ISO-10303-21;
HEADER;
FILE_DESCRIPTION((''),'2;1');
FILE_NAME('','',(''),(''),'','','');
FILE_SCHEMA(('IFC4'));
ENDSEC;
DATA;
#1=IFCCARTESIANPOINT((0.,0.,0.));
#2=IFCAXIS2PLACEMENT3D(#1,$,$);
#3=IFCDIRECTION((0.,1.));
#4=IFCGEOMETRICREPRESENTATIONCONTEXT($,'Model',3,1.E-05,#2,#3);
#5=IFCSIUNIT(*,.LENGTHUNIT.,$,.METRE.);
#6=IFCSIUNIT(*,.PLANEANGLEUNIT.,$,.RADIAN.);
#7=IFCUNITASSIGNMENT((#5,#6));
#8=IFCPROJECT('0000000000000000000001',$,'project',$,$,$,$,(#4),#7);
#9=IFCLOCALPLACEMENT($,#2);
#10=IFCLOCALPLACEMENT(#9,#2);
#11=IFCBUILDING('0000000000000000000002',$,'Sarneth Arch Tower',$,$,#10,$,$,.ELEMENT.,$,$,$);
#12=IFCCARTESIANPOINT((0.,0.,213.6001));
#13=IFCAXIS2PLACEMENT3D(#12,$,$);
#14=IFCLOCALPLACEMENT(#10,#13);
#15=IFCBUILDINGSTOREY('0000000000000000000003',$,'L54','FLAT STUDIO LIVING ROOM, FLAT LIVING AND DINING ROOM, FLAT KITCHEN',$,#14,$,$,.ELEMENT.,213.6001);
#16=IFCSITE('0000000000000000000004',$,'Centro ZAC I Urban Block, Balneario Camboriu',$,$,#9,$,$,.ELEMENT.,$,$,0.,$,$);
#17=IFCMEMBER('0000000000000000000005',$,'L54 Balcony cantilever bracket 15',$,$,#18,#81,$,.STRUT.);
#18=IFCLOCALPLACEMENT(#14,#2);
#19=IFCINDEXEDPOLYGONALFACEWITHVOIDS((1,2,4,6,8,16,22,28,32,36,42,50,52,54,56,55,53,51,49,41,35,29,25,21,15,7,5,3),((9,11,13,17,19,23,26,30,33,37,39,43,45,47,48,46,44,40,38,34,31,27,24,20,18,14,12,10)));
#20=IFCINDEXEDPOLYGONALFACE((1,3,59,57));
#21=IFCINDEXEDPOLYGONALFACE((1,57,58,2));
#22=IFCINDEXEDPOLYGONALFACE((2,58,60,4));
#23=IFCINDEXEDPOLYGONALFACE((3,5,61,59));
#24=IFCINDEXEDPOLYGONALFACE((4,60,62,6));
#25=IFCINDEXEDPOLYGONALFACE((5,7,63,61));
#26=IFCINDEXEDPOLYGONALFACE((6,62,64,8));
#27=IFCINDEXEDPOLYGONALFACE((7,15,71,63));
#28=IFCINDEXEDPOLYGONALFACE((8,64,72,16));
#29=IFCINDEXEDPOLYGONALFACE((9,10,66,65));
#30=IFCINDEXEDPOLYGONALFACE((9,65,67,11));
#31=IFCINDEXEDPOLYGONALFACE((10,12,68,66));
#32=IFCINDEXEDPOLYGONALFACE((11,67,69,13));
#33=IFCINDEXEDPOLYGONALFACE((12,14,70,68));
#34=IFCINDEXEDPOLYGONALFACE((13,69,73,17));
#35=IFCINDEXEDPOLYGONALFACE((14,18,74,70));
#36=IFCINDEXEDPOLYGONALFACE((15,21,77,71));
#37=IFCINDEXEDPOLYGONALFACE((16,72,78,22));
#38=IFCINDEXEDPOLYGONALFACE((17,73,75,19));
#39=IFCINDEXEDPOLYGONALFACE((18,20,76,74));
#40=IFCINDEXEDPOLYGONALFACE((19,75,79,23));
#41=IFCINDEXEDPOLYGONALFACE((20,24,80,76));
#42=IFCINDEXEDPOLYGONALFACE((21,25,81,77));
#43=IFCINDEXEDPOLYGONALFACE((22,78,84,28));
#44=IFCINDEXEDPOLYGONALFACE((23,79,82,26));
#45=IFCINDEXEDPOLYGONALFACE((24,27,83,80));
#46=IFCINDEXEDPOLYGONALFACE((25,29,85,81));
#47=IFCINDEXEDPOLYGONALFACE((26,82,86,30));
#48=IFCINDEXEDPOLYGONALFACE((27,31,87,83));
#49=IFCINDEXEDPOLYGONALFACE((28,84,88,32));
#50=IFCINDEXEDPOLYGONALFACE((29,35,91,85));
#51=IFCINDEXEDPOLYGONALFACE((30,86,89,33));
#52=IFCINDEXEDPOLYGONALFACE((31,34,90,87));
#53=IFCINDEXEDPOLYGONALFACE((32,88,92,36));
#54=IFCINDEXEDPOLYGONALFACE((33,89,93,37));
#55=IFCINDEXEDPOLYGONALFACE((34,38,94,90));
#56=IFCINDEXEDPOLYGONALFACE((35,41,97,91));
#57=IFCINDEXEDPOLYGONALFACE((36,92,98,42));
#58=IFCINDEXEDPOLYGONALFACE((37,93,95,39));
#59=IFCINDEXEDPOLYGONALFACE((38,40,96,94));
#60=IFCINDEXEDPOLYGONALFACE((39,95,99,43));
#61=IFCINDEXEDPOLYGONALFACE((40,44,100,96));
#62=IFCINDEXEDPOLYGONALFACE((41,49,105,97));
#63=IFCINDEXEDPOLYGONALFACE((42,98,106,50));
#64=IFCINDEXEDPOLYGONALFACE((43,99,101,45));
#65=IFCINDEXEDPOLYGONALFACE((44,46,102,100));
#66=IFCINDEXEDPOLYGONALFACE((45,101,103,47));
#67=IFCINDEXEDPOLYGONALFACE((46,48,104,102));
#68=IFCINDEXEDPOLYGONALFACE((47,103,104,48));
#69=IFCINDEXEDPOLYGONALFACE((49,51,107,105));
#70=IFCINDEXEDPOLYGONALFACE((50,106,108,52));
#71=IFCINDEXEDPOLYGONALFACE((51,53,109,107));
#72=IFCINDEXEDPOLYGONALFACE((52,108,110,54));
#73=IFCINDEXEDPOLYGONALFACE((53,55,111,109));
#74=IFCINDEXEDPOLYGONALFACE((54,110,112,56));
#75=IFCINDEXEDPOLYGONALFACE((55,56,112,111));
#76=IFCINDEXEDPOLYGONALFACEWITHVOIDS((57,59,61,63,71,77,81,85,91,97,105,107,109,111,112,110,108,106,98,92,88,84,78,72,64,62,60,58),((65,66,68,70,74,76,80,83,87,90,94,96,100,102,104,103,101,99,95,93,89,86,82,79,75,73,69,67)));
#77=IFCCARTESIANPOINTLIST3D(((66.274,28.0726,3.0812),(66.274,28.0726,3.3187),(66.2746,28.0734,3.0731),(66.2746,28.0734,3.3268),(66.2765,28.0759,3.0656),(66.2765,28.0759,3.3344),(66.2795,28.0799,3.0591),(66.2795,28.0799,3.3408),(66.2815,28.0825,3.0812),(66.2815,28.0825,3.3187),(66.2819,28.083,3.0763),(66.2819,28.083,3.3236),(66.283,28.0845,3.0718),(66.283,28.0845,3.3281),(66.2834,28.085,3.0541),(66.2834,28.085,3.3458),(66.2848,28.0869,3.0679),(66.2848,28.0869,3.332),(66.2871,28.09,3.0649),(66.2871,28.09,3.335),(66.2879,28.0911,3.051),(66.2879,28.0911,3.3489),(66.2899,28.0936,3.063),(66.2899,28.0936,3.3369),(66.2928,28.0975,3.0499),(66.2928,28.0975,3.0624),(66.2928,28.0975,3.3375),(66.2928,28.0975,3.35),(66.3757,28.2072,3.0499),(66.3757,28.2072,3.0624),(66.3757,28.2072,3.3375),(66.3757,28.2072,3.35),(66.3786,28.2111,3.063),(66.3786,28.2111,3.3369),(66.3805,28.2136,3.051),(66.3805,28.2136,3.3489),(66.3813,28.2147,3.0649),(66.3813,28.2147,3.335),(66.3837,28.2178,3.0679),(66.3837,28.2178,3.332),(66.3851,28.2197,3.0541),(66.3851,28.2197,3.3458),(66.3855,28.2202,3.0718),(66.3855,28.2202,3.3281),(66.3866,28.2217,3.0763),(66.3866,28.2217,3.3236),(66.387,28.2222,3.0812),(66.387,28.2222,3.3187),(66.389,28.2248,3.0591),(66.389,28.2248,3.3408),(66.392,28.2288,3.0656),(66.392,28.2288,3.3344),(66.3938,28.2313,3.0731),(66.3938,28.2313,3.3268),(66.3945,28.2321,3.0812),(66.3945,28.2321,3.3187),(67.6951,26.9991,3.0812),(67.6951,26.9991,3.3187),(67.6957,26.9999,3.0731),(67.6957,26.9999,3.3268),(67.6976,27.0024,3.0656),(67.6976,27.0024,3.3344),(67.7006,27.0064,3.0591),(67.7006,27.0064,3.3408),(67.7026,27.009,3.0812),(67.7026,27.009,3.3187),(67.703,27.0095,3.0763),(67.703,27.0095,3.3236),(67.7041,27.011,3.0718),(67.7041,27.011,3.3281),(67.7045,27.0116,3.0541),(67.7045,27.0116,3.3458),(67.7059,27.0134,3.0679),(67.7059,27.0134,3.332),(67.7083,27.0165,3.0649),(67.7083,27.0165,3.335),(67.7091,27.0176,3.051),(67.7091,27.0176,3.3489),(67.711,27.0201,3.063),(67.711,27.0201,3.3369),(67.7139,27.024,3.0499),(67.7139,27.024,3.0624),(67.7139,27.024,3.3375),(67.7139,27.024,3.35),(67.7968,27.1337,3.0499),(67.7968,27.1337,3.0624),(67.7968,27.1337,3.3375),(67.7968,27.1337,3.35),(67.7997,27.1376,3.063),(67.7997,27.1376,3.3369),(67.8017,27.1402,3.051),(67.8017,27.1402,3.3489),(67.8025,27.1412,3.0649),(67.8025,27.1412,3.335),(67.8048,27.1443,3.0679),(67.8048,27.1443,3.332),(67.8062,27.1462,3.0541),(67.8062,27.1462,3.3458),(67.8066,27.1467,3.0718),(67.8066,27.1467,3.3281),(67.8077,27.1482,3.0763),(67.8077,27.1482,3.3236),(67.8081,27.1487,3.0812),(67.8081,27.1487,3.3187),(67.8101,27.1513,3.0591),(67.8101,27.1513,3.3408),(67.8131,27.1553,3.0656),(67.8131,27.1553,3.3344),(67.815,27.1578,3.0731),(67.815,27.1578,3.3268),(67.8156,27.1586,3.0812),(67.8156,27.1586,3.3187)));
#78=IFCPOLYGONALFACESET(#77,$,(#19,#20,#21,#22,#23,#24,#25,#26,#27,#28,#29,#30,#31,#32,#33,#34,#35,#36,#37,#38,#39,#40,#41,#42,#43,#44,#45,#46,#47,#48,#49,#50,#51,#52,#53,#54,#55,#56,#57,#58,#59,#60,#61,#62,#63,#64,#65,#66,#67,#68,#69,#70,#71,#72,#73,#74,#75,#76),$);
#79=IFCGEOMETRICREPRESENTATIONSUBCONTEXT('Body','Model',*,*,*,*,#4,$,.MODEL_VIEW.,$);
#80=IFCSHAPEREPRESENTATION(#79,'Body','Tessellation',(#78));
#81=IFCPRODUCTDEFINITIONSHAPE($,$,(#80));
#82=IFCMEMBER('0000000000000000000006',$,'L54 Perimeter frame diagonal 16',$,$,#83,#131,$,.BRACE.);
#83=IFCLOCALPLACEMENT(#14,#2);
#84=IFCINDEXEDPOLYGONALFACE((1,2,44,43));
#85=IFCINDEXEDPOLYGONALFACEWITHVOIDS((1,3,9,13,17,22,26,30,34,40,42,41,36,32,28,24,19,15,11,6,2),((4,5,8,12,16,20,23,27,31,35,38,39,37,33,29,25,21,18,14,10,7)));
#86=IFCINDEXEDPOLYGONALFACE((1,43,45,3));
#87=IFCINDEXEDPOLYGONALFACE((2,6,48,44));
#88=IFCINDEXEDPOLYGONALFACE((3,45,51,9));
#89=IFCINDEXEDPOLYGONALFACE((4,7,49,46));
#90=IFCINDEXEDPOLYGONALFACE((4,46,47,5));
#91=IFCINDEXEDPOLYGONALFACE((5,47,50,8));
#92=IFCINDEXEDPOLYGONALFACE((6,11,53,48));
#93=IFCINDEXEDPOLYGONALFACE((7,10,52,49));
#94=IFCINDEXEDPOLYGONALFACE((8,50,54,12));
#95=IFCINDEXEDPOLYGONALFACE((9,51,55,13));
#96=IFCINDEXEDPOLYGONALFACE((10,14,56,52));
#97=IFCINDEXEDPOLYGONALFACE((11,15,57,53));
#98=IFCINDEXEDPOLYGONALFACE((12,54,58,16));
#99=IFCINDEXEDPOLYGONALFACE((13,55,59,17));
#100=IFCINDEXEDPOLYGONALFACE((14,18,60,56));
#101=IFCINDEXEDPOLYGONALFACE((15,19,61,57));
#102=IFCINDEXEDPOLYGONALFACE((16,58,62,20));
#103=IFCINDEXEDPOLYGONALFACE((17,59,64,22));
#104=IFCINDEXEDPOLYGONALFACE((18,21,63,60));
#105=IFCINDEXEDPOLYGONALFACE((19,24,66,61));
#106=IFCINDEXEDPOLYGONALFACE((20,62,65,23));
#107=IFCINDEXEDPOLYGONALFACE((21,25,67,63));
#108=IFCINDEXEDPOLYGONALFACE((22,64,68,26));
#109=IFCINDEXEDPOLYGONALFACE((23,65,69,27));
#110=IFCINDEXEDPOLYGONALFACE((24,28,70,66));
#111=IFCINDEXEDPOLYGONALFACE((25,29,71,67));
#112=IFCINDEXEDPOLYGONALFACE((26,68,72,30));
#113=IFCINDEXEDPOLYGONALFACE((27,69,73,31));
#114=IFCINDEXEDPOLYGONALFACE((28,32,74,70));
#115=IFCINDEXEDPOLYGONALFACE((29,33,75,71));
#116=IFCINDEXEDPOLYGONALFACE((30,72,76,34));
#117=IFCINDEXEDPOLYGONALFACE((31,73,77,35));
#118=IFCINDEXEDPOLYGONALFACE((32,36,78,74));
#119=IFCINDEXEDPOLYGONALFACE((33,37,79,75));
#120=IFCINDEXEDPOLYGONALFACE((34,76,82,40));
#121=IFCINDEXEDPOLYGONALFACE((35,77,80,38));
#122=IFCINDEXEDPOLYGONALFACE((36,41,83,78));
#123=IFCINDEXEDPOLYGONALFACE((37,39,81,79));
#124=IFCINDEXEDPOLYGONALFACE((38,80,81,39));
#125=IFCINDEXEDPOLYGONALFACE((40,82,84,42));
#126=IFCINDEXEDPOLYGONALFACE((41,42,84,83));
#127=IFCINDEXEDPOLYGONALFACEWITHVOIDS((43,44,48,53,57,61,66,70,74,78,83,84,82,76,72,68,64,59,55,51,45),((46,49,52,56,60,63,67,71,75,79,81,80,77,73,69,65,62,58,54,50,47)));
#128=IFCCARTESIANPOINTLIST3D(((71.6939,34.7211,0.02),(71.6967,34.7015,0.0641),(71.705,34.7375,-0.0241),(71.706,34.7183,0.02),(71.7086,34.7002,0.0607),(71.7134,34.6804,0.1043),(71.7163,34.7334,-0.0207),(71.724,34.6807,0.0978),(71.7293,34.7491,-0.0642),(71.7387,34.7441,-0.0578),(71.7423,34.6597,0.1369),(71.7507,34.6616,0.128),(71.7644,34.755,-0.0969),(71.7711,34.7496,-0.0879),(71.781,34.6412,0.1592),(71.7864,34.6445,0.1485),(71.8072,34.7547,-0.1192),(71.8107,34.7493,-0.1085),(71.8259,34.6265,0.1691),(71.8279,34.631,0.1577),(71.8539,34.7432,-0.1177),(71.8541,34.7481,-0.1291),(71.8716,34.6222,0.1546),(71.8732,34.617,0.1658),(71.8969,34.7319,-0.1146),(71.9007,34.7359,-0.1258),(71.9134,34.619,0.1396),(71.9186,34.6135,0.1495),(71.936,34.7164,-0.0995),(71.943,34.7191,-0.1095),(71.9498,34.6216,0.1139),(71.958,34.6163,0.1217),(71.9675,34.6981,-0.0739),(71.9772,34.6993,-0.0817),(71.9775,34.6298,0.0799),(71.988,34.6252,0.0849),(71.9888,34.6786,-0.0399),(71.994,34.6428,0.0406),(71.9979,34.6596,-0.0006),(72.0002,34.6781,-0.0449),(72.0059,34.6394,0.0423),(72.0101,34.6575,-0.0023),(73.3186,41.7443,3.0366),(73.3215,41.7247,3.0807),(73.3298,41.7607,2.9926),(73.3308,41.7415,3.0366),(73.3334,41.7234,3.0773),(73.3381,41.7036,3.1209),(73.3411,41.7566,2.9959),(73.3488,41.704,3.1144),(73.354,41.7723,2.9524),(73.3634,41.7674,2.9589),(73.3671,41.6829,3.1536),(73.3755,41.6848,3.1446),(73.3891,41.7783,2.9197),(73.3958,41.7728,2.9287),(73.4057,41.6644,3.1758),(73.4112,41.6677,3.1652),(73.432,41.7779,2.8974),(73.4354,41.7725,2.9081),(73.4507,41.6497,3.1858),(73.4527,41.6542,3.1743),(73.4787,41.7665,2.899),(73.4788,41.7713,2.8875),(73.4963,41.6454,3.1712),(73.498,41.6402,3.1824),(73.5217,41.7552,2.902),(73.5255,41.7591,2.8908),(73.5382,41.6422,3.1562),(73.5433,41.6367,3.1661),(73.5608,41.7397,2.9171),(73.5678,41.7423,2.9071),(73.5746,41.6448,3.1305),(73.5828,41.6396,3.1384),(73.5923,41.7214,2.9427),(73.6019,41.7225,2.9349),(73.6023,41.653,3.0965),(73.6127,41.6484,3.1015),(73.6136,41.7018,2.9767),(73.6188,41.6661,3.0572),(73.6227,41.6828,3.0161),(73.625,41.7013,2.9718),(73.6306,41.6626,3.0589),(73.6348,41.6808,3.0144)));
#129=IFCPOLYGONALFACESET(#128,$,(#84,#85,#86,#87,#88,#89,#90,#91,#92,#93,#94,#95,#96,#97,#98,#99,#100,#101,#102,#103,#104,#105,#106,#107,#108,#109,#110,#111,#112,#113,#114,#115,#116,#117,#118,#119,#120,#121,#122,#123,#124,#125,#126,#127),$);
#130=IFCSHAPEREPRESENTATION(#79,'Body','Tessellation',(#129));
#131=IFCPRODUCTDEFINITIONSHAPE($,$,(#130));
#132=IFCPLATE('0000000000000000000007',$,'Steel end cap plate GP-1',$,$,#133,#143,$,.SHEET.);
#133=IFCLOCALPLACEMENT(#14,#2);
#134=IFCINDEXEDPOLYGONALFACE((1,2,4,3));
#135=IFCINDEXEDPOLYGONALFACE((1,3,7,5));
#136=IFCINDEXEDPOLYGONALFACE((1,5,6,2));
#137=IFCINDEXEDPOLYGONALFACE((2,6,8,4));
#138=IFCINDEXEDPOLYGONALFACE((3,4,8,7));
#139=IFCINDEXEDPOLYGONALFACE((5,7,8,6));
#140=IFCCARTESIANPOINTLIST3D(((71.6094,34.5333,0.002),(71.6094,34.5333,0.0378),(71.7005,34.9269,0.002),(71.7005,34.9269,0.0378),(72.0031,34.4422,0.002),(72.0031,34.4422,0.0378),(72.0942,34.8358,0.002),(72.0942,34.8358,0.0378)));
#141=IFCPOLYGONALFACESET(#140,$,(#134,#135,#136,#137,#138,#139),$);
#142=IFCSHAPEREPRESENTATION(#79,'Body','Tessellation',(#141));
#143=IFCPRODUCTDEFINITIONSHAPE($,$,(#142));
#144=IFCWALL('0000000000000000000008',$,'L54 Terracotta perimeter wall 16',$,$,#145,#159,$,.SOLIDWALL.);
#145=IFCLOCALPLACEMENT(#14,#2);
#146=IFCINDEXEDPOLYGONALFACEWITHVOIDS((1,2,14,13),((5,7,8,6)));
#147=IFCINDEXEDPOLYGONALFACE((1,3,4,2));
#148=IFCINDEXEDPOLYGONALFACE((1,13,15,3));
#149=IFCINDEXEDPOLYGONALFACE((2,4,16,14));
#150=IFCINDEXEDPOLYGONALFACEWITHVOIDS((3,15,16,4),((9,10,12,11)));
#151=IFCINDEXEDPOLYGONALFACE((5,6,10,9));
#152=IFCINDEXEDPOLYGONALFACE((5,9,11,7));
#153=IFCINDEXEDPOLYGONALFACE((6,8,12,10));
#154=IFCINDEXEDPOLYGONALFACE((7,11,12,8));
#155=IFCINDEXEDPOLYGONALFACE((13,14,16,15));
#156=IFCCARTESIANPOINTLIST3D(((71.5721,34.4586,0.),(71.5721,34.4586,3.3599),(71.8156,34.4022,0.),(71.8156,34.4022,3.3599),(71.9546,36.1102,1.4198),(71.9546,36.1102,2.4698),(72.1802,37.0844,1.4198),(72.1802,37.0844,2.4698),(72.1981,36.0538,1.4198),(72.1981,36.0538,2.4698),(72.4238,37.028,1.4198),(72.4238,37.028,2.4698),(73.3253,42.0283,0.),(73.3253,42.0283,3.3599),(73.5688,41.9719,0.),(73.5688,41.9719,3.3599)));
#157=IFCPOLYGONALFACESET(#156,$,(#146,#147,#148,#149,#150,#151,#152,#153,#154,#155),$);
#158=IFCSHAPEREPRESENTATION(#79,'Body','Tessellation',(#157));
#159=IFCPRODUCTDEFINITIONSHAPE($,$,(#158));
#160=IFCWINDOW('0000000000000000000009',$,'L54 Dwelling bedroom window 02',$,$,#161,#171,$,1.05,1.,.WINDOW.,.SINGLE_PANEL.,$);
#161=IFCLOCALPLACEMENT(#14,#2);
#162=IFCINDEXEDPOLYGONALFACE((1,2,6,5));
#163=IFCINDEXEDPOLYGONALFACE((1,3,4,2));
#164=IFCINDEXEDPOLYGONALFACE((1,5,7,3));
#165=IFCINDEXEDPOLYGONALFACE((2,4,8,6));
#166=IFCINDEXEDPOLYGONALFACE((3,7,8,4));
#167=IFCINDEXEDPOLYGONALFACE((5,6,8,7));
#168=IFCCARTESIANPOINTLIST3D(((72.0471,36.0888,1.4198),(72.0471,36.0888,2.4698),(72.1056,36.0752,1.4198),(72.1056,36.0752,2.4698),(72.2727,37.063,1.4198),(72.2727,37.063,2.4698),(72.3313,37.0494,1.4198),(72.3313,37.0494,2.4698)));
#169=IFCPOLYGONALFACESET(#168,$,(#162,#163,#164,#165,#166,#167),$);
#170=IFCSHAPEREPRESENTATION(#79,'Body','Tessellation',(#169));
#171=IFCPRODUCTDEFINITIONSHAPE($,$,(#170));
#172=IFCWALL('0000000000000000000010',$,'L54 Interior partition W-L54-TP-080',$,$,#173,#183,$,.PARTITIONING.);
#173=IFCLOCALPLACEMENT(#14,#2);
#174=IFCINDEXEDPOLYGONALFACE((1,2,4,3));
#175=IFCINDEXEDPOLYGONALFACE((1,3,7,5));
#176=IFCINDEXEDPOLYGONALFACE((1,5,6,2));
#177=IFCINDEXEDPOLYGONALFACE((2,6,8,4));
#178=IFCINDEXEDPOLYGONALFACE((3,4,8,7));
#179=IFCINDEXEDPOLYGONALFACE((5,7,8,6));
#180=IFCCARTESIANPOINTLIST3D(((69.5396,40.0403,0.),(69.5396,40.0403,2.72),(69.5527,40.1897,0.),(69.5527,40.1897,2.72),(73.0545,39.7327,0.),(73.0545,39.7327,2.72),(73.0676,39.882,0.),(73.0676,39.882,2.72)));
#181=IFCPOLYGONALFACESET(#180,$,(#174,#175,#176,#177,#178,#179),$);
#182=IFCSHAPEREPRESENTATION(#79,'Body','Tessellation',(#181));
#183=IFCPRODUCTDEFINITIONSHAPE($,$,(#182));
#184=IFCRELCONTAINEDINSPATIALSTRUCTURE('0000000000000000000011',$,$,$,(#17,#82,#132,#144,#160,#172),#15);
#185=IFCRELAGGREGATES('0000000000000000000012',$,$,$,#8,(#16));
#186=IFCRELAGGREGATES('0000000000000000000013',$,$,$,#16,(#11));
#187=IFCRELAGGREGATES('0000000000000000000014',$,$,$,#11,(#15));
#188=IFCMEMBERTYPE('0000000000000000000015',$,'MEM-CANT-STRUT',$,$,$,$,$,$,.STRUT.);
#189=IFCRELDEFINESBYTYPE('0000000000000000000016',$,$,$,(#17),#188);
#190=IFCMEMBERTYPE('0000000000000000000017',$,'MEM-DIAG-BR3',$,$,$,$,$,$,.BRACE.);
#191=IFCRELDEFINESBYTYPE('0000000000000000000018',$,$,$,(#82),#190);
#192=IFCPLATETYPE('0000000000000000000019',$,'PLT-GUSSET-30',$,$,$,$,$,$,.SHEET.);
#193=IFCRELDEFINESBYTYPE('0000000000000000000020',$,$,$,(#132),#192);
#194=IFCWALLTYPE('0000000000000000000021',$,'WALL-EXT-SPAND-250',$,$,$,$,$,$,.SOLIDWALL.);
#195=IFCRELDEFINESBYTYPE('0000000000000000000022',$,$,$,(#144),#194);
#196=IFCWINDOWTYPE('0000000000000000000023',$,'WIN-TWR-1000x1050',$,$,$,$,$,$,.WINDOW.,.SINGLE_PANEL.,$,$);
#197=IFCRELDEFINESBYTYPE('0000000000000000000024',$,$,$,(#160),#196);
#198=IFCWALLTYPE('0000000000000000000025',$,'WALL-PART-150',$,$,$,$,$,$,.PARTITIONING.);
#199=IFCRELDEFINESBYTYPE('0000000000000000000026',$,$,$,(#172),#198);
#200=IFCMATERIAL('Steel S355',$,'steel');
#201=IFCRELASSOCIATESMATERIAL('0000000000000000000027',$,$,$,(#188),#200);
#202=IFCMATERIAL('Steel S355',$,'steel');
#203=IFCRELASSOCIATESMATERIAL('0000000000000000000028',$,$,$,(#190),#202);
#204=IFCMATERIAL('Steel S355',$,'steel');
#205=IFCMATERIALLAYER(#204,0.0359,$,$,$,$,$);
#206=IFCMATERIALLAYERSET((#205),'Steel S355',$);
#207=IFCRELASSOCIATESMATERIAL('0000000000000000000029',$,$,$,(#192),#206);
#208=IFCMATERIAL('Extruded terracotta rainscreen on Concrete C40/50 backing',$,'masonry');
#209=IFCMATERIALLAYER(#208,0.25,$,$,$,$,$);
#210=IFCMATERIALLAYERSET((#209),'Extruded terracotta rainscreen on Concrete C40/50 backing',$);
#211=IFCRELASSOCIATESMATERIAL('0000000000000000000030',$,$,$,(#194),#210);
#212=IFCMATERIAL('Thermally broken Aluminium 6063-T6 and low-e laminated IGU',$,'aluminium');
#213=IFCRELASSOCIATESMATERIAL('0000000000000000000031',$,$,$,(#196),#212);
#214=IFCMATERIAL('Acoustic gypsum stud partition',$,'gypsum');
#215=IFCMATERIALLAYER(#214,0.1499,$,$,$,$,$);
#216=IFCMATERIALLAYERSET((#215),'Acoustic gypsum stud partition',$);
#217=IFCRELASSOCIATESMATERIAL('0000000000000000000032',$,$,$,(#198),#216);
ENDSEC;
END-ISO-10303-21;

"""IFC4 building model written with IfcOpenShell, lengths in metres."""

from ifc_helpers import new_model, si_unit, direction, frame, frame_2d, origin, origin_2d, place, context, subcontext, project, spatial, rectangle, hollow_rectangle, hollow_circle, extrude, material, layer, layer_set, material_profile, profile_set, type_object, element, fill, save


model = new_model("IFC4")

# Units and contexts
model_context = context("Model", 3, precision=1e-05, world=origin(), true_north=direction((0.0, 1.0)))
body_context = subcontext(model_context, "Body", "Model", "MODEL_VIEW")
ifc_project = project(units=[si_unit("LENGTHUNIT", "METRE"), si_unit("PLANEANGLEUNIT", "RADIAN")], contexts=[model_context])

# Site, building, storey
site_placement = place(None, origin())
site = spatial("IfcSite", under=ifc_project, at=site_placement, Name="Centro ZAC I Urban Block, Balneario Camboriu", CompositionType="ELEMENT", RefElevation=0.0)
building_placement = place(site_placement, origin())
building = spatial("IfcBuilding", under=site, at=building_placement, Name="Sarneth Arch Tower", CompositionType="ELEMENT")
storey_placement = place(building_placement, frame((0.0, 0.0, 213.6001)))
storey = spatial("IfcBuildingStorey", under=building, at=storey_placement, Name="L54", Description="FLAT STUDIO LIVING ROOM, FLAT LIVING AND DINING ROOM, FLAT KITCHEN", CompositionType="ELEMENT", Elevation=213.6001)

# Members
ifc_material_1 = material(Name="Steel S355", Category="steel")
ifc_material_profile_1 = material_profile(ifc_material_1, hollow_rectangle(XDim=0.2, YDim=0.3, WallThickness=0.0125, InnerFilletRadius=0.0188, OuterFilletRadius=0.0312, at=origin_2d()), Name="RHS300x200x12.5")
ifc_profile_set_1 = profile_set([ifc_material_profile_1], Name="Steel S355")
member_type_1 = type_object("IfcMemberType", Name="MEM-CANT-STRUT", PredefinedType="STRUT", material=ifc_profile_set_1)
member_1_placement = place(storey_placement, frame((66.3342, 28.1523, 3.2), z_axis=(0.797939, -0.602738, 0.0), x_axis=(0.602738, 0.797939, 0.0)))
element("IfcMember", 1, at=member_1_placement, inside=storey, type_object=member_type_1, Name="L54 Balcony cantilever bracket 15", PredefinedType="STRUT", context=body_context, shape_type="SweptSolid", body=[
    extrude(hollow_rectangle(XDim=0.2, YDim=0.3, WallThickness=0.0125, InnerFilletRadius=0.0188, OuterFilletRadius=0.0312, at=origin_2d()), origin(), (0.0, 0.0, 1.0), 1.781),
])
ifc_material_2 = material(Name="Steel S355", Category="steel")
ifc_material_profile_2 = material_profile(ifc_material_2, hollow_circle(Radius=0.1621, WallThickness=0.0125, at=origin_2d()), Name="CHS324x12.5")
ifc_profile_set_2 = profile_set([ifc_material_profile_2], Name="Steel S355")
member_type_2 = type_object("IfcMemberType", Name="MEM-DIAG-BR3", PredefinedType="BRACE", material=ifc_profile_set_2)
member_2_placement = place(storey_placement, frame((71.8518, 34.6846, 0.02), z_axis=(0.207918, 0.898749, 0.386031), x_axis=(-0.974269, 0.225389, 0.0)))
element("IfcMember", 2, at=member_2_placement, inside=storey, type_object=member_type_2, Name="L54 Perimeter frame diagonal 16", PredefinedType="BRACE", context=body_context, shape_type="SweptSolid", body=[
    extrude(hollow_circle(Radius=0.1621, WallThickness=0.0125, at=origin_2d()), origin(), (0.0, 0.0, 1.0), 7.8145),
])

# Plate
ifc_material_3 = material(Name="Steel S355", Category="steel")
ifc_layer_1 = layer(ifc_material_3, 0.0359)
ifc_layer_set_1 = layer_set([ifc_layer_1], Name="Steel S355")
plate_type = type_object("IfcPlateType", Name="PLT-GUSSET-30", PredefinedType="SHEET", material=ifc_layer_set_1)
plate_placement = place(storey_placement, frame((71.8518, 34.6846, 0.002), z_axis=(0.0, 0.0, 1.0), x_axis=(0.225461, 0.974252, 0.0)))
element("IfcPlate", 3, at=plate_placement, inside=storey, type_object=plate_type, Name="Steel end cap plate GP-1", PredefinedType="SHEET", context=body_context, shape_type="SweptSolid", body=[
    extrude(rectangle(XDim=0.4041, YDim=0.4041, at=origin_2d()), origin(), (0.0, 0.0, 1.0), 0.0359),
])

# Wall, opening, window
ifc_material_4 = material(Name="Extruded terracotta rainscreen on Concrete C40/50 backing", Category="masonry")
ifc_layer_2 = layer(ifc_material_4, 0.25)
ifc_layer_set_2 = layer_set([ifc_layer_2], Name="Extruded terracotta rainscreen on Concrete C40/50 backing")
wall_type_1 = type_object("IfcWallType", Name="WALL-EXT-SPAND-250", PredefinedType="SOLIDWALL", material=ifc_layer_set_2)
wall_1_placement = place(storey_placement, frame((71.6938, 34.4304, 0.0), z_axis=(0.0, 0.0, 1.0), x_axis=(0.225635, 0.974212, 0.0)))
wall_1 = element("IfcWall", 4, at=wall_1_placement, inside=storey, type_object=wall_type_1, Name="L54 Terracotta perimeter wall 16", PredefinedType="SOLIDWALL", context=body_context, shape_type="SweptSolid", body=[
    extrude(rectangle(XDim=7.77, YDim=0.25, at=frame_2d((3.885, 0.0))), origin(), (0.0, 0.0, 1.0), 3.3599),
])
opening_1_placement = place(wall_1_placement, frame((1.6953, 0.0, 1.4199)))
opening_1 = element("IfcOpeningElement", 5, at=opening_1_placement, cuts=wall_1, PredefinedType="OPENING", context=body_context, shape_type="SweptSolid", body=[
    extrude(rectangle(XDim=1.0, YDim=1.05, at=frame_2d((0.5, 0.5249))), frame((0.0, 0.135, 0.0), z_axis=(0.0, -1.0, 0.0), x_axis=(1.0, 0.0, 0.0)), (0.0, 0.0, 1.0), 0.27),
])
ifc_material_5 = material(Name="Thermally broken Aluminium 6063-T6 and low-e laminated IGU", Category="aluminium")
window_type = type_object("IfcWindowType", Name="WIN-TWR-1000x1050", PartitioningType="SINGLE_PANEL", PredefinedType="WINDOW", material=ifc_material_5)
window_placement = place(opening_1_placement, origin())
window = element("IfcWindow", 6, at=window_placement, inside=storey, type_object=window_type, Name="L54 Dwelling bedroom window 02", OverallHeight=1.05, OverallWidth=1.0, PartitioningType="SINGLE_PANEL", PredefinedType="WINDOW", context=body_context, shape_type="SweptSolid", body=[
    extrude(rectangle(XDim=1.0, YDim=1.05, at=frame_2d((0.5, 0.5249))), frame((0.0, 0.03, 0.0), z_axis=(0.0, -1.0, 0.0), x_axis=(1.0, 0.0, 0.0)), (0.0, 0.0, 1.0), 0.0601),
])
fill(opening_1, window)

# Wall
ifc_material_6 = material(Name="Acoustic gypsum stud partition", Category="gypsum")
ifc_layer_3 = layer(ifc_material_6, 0.1499)
ifc_layer_set_3 = layer_set([ifc_layer_3], Name="Acoustic gypsum stud partition")
wall_type_2 = type_object("IfcWallType", Name="WALL-PART-150", PredefinedType="PARTITIONING", material=ifc_layer_set_3)
wall_2_placement = place(storey_placement, frame((73.061, 39.8074, 0.0), z_axis=(0.0, 0.0, 1.0), x_axis=(-0.996192, 0.087185, 0.0)))
element("IfcWall", 7, at=wall_2_placement, inside=storey, type_object=wall_type_2, Name="L54 Interior partition W-L54-TP-080", PredefinedType="PARTITIONING", context=body_context, shape_type="SweptSolid", body=[
    extrude(rectangle(XDim=3.5283, YDim=0.1499, at=frame_2d((1.7642, 0.0))), origin(), (0.0, 0.0, 1.0), 2.72),
])

save(model, "model.ifc")
